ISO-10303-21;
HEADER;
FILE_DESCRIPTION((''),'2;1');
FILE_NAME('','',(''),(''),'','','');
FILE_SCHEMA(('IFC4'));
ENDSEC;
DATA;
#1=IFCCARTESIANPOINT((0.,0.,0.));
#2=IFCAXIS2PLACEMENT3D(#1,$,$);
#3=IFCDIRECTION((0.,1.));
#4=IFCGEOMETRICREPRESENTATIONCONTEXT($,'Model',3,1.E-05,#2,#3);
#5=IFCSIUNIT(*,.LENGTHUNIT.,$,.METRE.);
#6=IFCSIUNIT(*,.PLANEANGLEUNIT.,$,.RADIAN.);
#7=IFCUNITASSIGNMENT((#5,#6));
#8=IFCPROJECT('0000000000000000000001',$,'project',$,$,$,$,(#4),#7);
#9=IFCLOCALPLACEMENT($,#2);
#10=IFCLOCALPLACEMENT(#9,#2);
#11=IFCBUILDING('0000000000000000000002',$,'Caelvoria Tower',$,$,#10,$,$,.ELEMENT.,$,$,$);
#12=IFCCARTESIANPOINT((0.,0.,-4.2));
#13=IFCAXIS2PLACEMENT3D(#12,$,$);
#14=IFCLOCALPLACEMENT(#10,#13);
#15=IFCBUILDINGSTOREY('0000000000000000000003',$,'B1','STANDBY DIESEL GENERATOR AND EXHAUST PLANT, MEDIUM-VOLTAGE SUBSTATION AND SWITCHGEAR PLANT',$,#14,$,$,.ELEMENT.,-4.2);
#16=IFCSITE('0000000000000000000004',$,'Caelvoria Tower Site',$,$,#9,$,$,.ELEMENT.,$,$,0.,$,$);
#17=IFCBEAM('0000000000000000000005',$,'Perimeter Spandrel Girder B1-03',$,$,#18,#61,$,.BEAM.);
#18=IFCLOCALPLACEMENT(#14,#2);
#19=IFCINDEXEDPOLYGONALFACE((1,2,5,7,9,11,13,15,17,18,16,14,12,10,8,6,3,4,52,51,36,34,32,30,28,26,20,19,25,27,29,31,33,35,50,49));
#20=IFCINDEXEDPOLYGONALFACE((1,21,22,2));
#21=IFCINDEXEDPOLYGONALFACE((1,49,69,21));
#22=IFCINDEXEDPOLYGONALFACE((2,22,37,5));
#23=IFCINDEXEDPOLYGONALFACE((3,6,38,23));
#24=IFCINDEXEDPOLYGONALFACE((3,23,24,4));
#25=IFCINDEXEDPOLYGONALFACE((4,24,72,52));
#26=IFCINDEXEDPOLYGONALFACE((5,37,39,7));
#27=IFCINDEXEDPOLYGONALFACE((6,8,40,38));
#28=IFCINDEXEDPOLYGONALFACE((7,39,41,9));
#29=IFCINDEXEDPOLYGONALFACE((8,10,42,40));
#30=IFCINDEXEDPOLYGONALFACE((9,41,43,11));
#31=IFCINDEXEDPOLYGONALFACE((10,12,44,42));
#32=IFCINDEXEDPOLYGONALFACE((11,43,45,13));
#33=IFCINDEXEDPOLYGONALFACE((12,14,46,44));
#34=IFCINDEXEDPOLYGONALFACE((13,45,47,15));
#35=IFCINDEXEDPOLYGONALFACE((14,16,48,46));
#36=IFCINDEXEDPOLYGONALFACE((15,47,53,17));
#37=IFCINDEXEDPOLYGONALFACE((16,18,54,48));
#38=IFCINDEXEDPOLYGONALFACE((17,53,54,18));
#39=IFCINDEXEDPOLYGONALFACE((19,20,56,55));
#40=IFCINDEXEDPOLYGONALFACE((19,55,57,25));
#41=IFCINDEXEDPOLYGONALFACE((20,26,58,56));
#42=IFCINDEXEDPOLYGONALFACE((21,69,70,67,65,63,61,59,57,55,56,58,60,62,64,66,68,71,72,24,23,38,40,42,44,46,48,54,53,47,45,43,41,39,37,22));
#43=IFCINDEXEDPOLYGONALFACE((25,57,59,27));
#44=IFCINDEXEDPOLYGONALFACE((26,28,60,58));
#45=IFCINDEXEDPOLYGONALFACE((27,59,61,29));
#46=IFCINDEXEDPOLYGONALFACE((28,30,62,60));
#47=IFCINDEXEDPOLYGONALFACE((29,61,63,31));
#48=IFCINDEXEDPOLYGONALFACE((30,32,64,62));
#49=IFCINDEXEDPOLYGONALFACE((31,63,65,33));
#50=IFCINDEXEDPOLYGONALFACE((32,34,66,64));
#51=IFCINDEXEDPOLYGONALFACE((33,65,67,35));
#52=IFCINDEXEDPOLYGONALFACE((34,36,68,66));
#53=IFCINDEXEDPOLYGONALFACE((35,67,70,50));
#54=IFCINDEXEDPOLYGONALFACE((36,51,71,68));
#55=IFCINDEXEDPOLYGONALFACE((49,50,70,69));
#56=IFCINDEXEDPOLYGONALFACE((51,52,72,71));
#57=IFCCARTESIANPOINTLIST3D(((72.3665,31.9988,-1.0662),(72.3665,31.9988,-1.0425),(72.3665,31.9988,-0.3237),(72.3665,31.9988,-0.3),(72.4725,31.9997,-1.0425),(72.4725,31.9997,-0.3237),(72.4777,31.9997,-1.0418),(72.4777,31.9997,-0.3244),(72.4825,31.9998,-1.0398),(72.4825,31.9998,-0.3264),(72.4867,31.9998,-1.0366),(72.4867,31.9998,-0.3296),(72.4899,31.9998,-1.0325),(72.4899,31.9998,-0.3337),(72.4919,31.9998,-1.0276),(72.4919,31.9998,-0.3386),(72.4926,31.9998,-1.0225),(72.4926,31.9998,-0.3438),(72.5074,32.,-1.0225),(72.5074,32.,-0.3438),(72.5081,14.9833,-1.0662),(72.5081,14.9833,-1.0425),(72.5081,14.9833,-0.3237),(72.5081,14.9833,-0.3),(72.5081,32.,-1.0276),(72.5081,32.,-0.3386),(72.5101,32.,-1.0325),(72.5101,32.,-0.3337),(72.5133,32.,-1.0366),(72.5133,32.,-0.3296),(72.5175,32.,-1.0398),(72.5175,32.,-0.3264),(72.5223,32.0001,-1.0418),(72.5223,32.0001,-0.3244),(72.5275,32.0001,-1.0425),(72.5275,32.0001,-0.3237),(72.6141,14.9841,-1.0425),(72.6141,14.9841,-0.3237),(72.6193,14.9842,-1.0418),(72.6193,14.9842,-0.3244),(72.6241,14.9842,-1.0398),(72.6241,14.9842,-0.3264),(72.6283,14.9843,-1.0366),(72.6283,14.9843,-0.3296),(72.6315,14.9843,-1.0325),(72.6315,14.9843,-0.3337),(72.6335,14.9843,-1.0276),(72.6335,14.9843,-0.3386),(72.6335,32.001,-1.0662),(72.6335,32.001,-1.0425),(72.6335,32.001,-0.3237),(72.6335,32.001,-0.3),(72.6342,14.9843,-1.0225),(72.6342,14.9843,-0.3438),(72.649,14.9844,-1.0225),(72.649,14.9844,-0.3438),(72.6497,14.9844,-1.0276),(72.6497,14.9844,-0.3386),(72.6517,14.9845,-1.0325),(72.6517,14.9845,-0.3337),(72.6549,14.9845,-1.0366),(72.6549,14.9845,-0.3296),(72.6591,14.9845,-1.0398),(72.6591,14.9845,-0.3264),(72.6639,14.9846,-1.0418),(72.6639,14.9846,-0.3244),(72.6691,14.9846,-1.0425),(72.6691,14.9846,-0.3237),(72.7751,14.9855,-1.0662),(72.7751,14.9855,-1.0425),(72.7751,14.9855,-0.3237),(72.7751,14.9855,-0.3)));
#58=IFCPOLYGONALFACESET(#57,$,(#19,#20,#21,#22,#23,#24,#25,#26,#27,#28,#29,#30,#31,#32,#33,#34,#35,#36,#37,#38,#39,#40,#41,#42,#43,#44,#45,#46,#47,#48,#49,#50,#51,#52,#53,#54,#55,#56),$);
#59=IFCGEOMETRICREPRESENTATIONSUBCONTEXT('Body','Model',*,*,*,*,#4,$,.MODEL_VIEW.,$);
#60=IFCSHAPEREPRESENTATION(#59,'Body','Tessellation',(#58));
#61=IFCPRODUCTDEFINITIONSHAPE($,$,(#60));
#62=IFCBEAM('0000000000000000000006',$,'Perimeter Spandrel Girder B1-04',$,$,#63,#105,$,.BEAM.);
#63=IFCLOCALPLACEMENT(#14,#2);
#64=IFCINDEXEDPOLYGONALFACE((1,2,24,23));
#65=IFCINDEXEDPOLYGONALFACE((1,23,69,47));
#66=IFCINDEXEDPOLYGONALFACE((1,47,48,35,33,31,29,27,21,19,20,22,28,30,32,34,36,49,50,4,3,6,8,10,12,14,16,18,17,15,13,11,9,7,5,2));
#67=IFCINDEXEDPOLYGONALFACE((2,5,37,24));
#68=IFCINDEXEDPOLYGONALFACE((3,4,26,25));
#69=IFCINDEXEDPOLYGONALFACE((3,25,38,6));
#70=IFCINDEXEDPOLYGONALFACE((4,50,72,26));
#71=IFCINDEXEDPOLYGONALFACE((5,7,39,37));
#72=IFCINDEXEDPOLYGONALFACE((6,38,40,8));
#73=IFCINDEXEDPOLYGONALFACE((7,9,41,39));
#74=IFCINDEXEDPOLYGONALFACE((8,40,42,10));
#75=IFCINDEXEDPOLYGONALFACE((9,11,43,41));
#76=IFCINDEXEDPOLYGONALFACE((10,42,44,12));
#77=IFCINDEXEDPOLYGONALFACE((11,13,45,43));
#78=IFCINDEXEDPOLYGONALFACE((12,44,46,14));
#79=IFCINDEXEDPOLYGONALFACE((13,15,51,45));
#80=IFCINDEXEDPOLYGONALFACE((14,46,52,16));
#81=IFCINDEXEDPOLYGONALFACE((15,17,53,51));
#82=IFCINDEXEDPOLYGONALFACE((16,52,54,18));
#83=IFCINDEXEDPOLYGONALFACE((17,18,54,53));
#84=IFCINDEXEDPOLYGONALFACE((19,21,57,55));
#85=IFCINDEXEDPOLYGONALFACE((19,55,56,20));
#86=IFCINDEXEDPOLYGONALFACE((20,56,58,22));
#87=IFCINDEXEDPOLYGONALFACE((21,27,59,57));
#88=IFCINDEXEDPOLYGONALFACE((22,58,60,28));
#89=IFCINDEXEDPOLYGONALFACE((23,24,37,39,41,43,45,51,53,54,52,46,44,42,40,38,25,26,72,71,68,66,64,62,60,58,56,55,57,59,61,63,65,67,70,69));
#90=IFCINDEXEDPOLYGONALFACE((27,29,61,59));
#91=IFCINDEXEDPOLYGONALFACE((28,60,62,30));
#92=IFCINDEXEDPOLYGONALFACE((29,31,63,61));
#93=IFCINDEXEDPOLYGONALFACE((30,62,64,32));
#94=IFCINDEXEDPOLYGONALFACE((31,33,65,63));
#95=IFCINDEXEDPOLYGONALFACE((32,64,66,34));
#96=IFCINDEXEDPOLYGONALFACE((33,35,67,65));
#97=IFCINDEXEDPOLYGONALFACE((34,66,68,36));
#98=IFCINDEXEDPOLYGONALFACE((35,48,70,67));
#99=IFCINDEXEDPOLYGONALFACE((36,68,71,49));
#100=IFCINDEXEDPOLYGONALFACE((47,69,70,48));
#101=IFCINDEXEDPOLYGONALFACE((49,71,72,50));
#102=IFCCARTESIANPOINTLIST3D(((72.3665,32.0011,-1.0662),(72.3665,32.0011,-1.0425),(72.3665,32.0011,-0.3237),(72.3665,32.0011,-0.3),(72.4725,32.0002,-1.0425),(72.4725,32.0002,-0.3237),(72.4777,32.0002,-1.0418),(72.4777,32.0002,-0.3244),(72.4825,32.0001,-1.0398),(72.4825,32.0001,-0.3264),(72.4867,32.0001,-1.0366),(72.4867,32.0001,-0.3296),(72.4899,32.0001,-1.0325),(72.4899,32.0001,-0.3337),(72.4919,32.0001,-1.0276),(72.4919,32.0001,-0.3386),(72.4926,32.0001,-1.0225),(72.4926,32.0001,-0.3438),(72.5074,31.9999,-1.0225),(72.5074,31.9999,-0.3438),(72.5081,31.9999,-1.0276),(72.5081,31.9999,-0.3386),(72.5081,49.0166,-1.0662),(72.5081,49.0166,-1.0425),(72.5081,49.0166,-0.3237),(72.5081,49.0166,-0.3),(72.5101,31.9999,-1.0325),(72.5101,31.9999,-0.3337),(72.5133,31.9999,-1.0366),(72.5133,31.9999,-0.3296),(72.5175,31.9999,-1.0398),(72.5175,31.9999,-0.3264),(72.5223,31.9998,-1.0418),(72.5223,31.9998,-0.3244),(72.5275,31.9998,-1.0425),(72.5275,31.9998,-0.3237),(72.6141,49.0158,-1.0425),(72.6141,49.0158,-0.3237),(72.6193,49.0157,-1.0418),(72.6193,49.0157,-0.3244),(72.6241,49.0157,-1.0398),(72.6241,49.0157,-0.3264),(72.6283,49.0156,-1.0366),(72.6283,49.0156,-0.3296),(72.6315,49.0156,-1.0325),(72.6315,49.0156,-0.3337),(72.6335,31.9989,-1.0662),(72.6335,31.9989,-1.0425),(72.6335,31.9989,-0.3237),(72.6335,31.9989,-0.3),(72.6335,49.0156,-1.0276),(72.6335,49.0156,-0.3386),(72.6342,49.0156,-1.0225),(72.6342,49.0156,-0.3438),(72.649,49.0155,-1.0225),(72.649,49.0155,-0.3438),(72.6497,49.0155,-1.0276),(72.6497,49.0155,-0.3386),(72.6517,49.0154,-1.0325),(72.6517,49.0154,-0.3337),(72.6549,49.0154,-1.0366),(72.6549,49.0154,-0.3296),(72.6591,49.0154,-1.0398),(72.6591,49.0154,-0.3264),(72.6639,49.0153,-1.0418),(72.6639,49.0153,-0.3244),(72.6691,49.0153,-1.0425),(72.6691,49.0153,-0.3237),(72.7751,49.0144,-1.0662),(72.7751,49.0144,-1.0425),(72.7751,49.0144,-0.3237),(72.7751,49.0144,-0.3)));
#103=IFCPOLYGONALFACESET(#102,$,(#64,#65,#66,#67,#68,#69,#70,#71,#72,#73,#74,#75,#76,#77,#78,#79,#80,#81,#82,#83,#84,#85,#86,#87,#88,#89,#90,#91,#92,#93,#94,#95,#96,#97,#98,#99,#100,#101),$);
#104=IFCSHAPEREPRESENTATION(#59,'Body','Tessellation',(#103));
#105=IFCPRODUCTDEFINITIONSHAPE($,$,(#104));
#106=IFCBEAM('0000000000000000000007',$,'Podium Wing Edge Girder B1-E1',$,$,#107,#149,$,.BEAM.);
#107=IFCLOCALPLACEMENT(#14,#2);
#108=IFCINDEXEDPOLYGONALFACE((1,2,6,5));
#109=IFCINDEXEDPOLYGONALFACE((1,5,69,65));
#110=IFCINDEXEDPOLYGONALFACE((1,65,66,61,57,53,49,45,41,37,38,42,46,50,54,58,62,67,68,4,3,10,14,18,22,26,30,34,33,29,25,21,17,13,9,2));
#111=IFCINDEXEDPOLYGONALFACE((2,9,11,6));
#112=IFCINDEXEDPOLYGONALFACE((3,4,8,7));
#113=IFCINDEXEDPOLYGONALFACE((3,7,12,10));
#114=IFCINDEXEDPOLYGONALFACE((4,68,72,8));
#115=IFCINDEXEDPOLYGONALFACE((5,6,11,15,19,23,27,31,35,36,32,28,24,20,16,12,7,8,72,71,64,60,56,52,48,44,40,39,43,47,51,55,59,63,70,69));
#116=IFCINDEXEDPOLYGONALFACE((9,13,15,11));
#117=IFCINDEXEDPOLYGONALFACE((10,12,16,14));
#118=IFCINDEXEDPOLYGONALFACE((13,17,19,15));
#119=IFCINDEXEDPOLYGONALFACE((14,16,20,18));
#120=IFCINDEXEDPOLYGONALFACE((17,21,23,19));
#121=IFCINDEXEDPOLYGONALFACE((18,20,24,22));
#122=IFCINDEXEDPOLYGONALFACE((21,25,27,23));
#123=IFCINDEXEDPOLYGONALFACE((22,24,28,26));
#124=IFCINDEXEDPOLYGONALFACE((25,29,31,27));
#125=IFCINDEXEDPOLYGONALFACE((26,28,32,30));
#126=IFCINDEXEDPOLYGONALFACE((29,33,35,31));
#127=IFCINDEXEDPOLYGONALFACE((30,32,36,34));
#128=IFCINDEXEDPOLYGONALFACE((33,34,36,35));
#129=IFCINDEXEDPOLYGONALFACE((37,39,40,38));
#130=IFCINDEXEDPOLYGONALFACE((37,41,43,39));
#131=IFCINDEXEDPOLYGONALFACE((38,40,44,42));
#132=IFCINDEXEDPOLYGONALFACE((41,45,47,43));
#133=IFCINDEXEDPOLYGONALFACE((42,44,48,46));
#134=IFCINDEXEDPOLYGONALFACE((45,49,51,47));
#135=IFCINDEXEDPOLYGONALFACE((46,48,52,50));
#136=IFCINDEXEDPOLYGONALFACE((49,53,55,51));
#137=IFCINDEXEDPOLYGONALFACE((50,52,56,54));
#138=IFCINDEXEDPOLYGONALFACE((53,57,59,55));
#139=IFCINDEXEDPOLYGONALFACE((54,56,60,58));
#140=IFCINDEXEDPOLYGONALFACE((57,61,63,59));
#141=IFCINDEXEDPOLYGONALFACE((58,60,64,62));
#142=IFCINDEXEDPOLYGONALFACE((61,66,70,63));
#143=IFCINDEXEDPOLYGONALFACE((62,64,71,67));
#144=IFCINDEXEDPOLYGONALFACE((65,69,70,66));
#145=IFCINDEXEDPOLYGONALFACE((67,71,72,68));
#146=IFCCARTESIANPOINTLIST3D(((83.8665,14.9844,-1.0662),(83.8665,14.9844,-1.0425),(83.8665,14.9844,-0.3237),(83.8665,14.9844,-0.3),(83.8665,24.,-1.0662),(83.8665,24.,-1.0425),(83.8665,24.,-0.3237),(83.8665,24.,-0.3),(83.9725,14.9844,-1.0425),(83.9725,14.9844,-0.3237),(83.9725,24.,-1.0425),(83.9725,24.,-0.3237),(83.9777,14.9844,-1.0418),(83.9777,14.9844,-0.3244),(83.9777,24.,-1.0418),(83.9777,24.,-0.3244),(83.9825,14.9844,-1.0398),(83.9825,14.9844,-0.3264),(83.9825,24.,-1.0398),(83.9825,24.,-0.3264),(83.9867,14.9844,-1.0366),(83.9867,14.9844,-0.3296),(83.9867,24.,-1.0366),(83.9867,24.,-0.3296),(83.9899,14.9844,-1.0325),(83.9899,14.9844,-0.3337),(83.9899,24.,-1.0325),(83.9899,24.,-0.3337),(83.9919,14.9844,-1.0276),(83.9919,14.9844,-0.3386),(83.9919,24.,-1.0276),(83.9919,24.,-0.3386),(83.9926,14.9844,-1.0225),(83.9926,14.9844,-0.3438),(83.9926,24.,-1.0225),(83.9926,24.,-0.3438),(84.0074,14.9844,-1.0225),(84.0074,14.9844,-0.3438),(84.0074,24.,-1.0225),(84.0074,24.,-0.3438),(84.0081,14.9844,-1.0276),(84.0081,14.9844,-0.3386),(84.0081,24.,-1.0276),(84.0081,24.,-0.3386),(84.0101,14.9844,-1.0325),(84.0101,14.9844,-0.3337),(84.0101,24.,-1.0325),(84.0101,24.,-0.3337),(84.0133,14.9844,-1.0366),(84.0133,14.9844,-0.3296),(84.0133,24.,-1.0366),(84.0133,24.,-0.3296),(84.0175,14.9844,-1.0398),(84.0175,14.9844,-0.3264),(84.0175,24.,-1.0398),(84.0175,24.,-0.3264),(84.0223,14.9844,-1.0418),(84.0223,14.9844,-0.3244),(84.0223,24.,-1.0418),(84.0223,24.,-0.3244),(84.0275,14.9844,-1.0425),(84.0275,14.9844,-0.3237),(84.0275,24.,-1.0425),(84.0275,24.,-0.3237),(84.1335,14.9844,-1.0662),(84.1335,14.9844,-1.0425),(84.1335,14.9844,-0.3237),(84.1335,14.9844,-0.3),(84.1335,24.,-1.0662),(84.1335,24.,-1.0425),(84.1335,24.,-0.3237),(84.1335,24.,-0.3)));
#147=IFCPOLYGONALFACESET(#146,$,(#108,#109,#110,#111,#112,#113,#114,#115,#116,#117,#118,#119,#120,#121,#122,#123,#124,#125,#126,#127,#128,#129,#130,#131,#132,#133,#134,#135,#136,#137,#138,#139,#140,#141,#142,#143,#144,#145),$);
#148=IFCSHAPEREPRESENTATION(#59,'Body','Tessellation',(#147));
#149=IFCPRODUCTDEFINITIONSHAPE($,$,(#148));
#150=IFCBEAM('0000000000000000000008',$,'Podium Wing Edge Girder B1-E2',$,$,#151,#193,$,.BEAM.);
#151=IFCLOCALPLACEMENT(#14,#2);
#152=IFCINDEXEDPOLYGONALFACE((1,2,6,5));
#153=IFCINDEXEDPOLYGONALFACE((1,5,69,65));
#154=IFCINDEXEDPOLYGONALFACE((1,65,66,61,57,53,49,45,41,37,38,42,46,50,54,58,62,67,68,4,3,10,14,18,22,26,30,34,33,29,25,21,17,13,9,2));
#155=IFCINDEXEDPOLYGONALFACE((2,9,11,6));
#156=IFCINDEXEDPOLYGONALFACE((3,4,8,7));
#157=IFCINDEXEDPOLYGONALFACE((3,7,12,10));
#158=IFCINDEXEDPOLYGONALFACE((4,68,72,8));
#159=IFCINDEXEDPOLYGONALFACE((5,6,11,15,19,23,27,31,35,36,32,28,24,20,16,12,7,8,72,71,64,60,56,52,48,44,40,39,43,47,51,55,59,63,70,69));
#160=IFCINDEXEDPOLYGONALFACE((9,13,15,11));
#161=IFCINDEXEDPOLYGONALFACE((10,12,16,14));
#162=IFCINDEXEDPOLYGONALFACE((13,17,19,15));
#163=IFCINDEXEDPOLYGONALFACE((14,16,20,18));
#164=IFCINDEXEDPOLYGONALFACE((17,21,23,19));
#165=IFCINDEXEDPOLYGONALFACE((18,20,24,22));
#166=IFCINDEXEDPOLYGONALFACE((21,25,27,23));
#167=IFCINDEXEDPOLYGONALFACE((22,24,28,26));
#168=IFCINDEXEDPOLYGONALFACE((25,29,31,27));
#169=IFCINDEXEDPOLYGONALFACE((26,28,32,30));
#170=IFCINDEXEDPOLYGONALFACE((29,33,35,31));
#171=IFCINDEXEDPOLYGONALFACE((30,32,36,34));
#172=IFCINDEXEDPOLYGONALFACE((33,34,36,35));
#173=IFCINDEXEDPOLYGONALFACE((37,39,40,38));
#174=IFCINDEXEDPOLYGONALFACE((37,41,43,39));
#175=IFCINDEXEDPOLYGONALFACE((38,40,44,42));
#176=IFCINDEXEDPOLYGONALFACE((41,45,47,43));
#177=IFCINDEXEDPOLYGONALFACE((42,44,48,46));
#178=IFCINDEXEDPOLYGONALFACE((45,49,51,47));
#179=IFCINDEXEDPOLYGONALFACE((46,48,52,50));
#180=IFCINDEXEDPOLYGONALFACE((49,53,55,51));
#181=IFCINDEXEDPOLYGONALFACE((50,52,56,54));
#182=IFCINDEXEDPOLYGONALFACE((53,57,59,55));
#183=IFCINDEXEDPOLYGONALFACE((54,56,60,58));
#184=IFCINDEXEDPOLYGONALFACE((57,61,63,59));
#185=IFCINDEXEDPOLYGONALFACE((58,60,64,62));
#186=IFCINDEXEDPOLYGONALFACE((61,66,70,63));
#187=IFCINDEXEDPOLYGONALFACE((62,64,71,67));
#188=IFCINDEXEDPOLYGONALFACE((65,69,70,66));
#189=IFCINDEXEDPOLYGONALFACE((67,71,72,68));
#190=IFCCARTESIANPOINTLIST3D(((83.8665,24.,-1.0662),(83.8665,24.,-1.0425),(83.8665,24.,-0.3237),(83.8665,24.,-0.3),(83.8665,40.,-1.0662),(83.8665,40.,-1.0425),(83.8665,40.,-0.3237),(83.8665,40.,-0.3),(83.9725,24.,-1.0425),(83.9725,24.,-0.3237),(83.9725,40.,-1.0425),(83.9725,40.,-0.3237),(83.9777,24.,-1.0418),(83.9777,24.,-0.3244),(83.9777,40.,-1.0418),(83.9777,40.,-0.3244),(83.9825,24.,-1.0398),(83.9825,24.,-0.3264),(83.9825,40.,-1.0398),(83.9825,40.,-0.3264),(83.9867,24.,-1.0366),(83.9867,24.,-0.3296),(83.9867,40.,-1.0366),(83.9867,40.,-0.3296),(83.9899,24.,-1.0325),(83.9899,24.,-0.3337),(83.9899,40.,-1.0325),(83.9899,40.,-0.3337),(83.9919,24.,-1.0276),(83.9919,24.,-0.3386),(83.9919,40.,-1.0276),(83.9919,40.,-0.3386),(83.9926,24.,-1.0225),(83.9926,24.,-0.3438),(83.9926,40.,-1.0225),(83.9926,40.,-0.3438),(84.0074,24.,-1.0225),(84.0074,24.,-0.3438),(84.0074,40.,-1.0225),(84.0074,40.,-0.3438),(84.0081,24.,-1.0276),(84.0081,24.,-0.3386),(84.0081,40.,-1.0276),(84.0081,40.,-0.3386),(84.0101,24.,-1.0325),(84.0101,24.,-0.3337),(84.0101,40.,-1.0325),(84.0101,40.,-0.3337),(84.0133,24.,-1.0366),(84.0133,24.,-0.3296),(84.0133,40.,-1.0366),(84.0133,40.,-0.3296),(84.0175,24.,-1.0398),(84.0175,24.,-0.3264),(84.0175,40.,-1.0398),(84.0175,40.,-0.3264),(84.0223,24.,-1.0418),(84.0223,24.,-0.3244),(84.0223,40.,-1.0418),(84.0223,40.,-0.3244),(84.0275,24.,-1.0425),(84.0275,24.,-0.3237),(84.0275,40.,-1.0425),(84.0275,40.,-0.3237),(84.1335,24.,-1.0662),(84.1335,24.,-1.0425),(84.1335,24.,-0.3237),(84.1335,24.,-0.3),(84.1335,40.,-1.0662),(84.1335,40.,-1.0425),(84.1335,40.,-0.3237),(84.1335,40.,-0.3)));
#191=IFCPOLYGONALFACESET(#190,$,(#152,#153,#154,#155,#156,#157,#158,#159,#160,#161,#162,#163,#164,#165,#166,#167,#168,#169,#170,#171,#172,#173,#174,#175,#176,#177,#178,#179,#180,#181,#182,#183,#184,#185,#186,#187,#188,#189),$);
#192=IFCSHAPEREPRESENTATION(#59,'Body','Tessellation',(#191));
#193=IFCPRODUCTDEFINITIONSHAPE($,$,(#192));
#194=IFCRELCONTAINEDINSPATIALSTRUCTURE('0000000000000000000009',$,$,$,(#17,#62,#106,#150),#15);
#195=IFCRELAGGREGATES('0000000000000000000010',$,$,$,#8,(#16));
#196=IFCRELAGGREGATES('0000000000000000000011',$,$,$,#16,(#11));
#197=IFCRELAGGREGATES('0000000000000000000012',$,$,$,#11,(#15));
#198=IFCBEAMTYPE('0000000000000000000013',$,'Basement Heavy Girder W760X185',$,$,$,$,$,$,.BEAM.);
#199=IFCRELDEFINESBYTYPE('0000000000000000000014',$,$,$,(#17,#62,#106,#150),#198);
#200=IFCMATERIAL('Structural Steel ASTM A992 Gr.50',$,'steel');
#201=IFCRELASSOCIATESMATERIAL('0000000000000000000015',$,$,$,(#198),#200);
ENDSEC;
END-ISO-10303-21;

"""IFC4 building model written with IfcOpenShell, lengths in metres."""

from ifc_helpers import new_model, si_unit, direction, frame, origin, origin_2d, place, context, subcontext, project, spatial, i_section, extrude, material, material_profile, profile_set, type_object, element, save


model = new_model("IFC4")

# Units and contexts
model_context = context("Model", 3, precision=1e-05, world=origin(), true_north=direction((0.0, 1.0)))
body_context = subcontext(model_context, "Body", "Model", "MODEL_VIEW")
ifc_project = project(units=[si_unit("LENGTHUNIT", "METRE"), si_unit("PLANEANGLEUNIT", "RADIAN")], contexts=[model_context])

# Site, building, storey
site_placement = place(None, origin())
site = spatial("IfcSite", under=ifc_project, at=site_placement, Name="Caelvoria Tower Site", CompositionType="ELEMENT", RefElevation=0.0)
building_placement = place(site_placement, origin())
building = spatial("IfcBuilding", under=site, at=building_placement, Name="Caelvoria Tower", CompositionType="ELEMENT")
storey_placement = place(building_placement, frame((0.0, 0.0, -4.2)))
storey = spatial("IfcBuildingStorey", under=building, at=storey_placement, Name="B1", Description="STANDBY DIESEL GENERATOR AND EXHAUST PLANT, MEDIUM-VOLTAGE SUBSTATION AND SWITCHGEAR PLANT", CompositionType="ELEMENT", Elevation=-4.2)

# Beams
ifc_material_1 = material(Name="Structural Steel ASTM A992 Gr.50", Category="steel")
ifc_material_profile_1 = material_profile(ifc_material_1, i_section(OverallWidth=0.2671, OverallDepth=0.7661, WebThickness=0.0149, FlangeThickness=0.0237, FilletRadius=0.02, at=origin_2d()), Name="Structural Steel ASTM A992 Gr.50")
ifc_profile_set_1 = profile_set([ifc_material_profile_1], Name="W760X185 - Structural Steel ASTM A992 Gr.50")
beam_type = type_object("IfcBeamType", Name="Basement Heavy Girder W760X185", PredefinedType="BEAM", material=ifc_profile_set_1)
for number, where, z_axis, x_axis, name in (
    (1, (72.6416, 14.9844, -0.6831), (-0.008322, 0.999965, 0.0), (-0.999965, -0.008322, 0.0), "Perimeter Spandrel Girder B1-03"),
    (2, (72.5, 32.0, -0.6831), (0.008322, 0.999965, 0.0), (-0.999965, 0.008322, 0.0), "Perimeter Spandrel Girder B1-04"),
):
    element("IfcBeam", number, at=place(storey_placement, frame(where, z_axis=z_axis, x_axis=x_axis)), inside=storey, type_object=beam_type, Name=name, PredefinedType="BEAM", context=body_context, shape_type="SweptSolid", body=[
        extrude(i_section(OverallWidth=0.2671, OverallDepth=0.7661, WebThickness=0.0149, FlangeThickness=0.0237, FilletRadius=0.02, at=origin_2d()), origin(), (0.0, 0.0, 1.0), 17.0161),
    ])
beam_1_placement = place(storey_placement, frame((84.0, 14.9844, -0.6831), z_axis=(0.0, 1.0, 0.0), x_axis=(-1.0, 0.0, 0.0)))
element("IfcBeam", 3, at=beam_1_placement, inside=storey, type_object=beam_type, Name="Podium Wing Edge Girder B1-E1", PredefinedType="BEAM", context=body_context, shape_type="SweptSolid", body=[
    extrude(i_section(OverallWidth=0.2671, OverallDepth=0.7661, WebThickness=0.0149, FlangeThickness=0.0237, FilletRadius=0.02, at=origin_2d()), origin(), (0.0, 0.0, 1.0), 9.0156),
])
beam_2_placement = place(storey_placement, frame((84.0, 24.0, -0.6831), z_axis=(0.0, 1.0, 0.0), x_axis=(-1.0, 0.0, 0.0)))
element("IfcBeam", 4, at=beam_2_placement, inside=storey, type_object=beam_type, Name="Podium Wing Edge Girder B1-E2", PredefinedType="BEAM", context=body_context, shape_type="SweptSolid", body=[
    extrude(i_section(OverallWidth=0.2671, OverallDepth=0.7661, WebThickness=0.0149, FlangeThickness=0.0237, FilletRadius=0.02, at=origin_2d()), origin(), (0.0, 0.0, 1.0), 16.0),
])

save(model, "model.ifc")
